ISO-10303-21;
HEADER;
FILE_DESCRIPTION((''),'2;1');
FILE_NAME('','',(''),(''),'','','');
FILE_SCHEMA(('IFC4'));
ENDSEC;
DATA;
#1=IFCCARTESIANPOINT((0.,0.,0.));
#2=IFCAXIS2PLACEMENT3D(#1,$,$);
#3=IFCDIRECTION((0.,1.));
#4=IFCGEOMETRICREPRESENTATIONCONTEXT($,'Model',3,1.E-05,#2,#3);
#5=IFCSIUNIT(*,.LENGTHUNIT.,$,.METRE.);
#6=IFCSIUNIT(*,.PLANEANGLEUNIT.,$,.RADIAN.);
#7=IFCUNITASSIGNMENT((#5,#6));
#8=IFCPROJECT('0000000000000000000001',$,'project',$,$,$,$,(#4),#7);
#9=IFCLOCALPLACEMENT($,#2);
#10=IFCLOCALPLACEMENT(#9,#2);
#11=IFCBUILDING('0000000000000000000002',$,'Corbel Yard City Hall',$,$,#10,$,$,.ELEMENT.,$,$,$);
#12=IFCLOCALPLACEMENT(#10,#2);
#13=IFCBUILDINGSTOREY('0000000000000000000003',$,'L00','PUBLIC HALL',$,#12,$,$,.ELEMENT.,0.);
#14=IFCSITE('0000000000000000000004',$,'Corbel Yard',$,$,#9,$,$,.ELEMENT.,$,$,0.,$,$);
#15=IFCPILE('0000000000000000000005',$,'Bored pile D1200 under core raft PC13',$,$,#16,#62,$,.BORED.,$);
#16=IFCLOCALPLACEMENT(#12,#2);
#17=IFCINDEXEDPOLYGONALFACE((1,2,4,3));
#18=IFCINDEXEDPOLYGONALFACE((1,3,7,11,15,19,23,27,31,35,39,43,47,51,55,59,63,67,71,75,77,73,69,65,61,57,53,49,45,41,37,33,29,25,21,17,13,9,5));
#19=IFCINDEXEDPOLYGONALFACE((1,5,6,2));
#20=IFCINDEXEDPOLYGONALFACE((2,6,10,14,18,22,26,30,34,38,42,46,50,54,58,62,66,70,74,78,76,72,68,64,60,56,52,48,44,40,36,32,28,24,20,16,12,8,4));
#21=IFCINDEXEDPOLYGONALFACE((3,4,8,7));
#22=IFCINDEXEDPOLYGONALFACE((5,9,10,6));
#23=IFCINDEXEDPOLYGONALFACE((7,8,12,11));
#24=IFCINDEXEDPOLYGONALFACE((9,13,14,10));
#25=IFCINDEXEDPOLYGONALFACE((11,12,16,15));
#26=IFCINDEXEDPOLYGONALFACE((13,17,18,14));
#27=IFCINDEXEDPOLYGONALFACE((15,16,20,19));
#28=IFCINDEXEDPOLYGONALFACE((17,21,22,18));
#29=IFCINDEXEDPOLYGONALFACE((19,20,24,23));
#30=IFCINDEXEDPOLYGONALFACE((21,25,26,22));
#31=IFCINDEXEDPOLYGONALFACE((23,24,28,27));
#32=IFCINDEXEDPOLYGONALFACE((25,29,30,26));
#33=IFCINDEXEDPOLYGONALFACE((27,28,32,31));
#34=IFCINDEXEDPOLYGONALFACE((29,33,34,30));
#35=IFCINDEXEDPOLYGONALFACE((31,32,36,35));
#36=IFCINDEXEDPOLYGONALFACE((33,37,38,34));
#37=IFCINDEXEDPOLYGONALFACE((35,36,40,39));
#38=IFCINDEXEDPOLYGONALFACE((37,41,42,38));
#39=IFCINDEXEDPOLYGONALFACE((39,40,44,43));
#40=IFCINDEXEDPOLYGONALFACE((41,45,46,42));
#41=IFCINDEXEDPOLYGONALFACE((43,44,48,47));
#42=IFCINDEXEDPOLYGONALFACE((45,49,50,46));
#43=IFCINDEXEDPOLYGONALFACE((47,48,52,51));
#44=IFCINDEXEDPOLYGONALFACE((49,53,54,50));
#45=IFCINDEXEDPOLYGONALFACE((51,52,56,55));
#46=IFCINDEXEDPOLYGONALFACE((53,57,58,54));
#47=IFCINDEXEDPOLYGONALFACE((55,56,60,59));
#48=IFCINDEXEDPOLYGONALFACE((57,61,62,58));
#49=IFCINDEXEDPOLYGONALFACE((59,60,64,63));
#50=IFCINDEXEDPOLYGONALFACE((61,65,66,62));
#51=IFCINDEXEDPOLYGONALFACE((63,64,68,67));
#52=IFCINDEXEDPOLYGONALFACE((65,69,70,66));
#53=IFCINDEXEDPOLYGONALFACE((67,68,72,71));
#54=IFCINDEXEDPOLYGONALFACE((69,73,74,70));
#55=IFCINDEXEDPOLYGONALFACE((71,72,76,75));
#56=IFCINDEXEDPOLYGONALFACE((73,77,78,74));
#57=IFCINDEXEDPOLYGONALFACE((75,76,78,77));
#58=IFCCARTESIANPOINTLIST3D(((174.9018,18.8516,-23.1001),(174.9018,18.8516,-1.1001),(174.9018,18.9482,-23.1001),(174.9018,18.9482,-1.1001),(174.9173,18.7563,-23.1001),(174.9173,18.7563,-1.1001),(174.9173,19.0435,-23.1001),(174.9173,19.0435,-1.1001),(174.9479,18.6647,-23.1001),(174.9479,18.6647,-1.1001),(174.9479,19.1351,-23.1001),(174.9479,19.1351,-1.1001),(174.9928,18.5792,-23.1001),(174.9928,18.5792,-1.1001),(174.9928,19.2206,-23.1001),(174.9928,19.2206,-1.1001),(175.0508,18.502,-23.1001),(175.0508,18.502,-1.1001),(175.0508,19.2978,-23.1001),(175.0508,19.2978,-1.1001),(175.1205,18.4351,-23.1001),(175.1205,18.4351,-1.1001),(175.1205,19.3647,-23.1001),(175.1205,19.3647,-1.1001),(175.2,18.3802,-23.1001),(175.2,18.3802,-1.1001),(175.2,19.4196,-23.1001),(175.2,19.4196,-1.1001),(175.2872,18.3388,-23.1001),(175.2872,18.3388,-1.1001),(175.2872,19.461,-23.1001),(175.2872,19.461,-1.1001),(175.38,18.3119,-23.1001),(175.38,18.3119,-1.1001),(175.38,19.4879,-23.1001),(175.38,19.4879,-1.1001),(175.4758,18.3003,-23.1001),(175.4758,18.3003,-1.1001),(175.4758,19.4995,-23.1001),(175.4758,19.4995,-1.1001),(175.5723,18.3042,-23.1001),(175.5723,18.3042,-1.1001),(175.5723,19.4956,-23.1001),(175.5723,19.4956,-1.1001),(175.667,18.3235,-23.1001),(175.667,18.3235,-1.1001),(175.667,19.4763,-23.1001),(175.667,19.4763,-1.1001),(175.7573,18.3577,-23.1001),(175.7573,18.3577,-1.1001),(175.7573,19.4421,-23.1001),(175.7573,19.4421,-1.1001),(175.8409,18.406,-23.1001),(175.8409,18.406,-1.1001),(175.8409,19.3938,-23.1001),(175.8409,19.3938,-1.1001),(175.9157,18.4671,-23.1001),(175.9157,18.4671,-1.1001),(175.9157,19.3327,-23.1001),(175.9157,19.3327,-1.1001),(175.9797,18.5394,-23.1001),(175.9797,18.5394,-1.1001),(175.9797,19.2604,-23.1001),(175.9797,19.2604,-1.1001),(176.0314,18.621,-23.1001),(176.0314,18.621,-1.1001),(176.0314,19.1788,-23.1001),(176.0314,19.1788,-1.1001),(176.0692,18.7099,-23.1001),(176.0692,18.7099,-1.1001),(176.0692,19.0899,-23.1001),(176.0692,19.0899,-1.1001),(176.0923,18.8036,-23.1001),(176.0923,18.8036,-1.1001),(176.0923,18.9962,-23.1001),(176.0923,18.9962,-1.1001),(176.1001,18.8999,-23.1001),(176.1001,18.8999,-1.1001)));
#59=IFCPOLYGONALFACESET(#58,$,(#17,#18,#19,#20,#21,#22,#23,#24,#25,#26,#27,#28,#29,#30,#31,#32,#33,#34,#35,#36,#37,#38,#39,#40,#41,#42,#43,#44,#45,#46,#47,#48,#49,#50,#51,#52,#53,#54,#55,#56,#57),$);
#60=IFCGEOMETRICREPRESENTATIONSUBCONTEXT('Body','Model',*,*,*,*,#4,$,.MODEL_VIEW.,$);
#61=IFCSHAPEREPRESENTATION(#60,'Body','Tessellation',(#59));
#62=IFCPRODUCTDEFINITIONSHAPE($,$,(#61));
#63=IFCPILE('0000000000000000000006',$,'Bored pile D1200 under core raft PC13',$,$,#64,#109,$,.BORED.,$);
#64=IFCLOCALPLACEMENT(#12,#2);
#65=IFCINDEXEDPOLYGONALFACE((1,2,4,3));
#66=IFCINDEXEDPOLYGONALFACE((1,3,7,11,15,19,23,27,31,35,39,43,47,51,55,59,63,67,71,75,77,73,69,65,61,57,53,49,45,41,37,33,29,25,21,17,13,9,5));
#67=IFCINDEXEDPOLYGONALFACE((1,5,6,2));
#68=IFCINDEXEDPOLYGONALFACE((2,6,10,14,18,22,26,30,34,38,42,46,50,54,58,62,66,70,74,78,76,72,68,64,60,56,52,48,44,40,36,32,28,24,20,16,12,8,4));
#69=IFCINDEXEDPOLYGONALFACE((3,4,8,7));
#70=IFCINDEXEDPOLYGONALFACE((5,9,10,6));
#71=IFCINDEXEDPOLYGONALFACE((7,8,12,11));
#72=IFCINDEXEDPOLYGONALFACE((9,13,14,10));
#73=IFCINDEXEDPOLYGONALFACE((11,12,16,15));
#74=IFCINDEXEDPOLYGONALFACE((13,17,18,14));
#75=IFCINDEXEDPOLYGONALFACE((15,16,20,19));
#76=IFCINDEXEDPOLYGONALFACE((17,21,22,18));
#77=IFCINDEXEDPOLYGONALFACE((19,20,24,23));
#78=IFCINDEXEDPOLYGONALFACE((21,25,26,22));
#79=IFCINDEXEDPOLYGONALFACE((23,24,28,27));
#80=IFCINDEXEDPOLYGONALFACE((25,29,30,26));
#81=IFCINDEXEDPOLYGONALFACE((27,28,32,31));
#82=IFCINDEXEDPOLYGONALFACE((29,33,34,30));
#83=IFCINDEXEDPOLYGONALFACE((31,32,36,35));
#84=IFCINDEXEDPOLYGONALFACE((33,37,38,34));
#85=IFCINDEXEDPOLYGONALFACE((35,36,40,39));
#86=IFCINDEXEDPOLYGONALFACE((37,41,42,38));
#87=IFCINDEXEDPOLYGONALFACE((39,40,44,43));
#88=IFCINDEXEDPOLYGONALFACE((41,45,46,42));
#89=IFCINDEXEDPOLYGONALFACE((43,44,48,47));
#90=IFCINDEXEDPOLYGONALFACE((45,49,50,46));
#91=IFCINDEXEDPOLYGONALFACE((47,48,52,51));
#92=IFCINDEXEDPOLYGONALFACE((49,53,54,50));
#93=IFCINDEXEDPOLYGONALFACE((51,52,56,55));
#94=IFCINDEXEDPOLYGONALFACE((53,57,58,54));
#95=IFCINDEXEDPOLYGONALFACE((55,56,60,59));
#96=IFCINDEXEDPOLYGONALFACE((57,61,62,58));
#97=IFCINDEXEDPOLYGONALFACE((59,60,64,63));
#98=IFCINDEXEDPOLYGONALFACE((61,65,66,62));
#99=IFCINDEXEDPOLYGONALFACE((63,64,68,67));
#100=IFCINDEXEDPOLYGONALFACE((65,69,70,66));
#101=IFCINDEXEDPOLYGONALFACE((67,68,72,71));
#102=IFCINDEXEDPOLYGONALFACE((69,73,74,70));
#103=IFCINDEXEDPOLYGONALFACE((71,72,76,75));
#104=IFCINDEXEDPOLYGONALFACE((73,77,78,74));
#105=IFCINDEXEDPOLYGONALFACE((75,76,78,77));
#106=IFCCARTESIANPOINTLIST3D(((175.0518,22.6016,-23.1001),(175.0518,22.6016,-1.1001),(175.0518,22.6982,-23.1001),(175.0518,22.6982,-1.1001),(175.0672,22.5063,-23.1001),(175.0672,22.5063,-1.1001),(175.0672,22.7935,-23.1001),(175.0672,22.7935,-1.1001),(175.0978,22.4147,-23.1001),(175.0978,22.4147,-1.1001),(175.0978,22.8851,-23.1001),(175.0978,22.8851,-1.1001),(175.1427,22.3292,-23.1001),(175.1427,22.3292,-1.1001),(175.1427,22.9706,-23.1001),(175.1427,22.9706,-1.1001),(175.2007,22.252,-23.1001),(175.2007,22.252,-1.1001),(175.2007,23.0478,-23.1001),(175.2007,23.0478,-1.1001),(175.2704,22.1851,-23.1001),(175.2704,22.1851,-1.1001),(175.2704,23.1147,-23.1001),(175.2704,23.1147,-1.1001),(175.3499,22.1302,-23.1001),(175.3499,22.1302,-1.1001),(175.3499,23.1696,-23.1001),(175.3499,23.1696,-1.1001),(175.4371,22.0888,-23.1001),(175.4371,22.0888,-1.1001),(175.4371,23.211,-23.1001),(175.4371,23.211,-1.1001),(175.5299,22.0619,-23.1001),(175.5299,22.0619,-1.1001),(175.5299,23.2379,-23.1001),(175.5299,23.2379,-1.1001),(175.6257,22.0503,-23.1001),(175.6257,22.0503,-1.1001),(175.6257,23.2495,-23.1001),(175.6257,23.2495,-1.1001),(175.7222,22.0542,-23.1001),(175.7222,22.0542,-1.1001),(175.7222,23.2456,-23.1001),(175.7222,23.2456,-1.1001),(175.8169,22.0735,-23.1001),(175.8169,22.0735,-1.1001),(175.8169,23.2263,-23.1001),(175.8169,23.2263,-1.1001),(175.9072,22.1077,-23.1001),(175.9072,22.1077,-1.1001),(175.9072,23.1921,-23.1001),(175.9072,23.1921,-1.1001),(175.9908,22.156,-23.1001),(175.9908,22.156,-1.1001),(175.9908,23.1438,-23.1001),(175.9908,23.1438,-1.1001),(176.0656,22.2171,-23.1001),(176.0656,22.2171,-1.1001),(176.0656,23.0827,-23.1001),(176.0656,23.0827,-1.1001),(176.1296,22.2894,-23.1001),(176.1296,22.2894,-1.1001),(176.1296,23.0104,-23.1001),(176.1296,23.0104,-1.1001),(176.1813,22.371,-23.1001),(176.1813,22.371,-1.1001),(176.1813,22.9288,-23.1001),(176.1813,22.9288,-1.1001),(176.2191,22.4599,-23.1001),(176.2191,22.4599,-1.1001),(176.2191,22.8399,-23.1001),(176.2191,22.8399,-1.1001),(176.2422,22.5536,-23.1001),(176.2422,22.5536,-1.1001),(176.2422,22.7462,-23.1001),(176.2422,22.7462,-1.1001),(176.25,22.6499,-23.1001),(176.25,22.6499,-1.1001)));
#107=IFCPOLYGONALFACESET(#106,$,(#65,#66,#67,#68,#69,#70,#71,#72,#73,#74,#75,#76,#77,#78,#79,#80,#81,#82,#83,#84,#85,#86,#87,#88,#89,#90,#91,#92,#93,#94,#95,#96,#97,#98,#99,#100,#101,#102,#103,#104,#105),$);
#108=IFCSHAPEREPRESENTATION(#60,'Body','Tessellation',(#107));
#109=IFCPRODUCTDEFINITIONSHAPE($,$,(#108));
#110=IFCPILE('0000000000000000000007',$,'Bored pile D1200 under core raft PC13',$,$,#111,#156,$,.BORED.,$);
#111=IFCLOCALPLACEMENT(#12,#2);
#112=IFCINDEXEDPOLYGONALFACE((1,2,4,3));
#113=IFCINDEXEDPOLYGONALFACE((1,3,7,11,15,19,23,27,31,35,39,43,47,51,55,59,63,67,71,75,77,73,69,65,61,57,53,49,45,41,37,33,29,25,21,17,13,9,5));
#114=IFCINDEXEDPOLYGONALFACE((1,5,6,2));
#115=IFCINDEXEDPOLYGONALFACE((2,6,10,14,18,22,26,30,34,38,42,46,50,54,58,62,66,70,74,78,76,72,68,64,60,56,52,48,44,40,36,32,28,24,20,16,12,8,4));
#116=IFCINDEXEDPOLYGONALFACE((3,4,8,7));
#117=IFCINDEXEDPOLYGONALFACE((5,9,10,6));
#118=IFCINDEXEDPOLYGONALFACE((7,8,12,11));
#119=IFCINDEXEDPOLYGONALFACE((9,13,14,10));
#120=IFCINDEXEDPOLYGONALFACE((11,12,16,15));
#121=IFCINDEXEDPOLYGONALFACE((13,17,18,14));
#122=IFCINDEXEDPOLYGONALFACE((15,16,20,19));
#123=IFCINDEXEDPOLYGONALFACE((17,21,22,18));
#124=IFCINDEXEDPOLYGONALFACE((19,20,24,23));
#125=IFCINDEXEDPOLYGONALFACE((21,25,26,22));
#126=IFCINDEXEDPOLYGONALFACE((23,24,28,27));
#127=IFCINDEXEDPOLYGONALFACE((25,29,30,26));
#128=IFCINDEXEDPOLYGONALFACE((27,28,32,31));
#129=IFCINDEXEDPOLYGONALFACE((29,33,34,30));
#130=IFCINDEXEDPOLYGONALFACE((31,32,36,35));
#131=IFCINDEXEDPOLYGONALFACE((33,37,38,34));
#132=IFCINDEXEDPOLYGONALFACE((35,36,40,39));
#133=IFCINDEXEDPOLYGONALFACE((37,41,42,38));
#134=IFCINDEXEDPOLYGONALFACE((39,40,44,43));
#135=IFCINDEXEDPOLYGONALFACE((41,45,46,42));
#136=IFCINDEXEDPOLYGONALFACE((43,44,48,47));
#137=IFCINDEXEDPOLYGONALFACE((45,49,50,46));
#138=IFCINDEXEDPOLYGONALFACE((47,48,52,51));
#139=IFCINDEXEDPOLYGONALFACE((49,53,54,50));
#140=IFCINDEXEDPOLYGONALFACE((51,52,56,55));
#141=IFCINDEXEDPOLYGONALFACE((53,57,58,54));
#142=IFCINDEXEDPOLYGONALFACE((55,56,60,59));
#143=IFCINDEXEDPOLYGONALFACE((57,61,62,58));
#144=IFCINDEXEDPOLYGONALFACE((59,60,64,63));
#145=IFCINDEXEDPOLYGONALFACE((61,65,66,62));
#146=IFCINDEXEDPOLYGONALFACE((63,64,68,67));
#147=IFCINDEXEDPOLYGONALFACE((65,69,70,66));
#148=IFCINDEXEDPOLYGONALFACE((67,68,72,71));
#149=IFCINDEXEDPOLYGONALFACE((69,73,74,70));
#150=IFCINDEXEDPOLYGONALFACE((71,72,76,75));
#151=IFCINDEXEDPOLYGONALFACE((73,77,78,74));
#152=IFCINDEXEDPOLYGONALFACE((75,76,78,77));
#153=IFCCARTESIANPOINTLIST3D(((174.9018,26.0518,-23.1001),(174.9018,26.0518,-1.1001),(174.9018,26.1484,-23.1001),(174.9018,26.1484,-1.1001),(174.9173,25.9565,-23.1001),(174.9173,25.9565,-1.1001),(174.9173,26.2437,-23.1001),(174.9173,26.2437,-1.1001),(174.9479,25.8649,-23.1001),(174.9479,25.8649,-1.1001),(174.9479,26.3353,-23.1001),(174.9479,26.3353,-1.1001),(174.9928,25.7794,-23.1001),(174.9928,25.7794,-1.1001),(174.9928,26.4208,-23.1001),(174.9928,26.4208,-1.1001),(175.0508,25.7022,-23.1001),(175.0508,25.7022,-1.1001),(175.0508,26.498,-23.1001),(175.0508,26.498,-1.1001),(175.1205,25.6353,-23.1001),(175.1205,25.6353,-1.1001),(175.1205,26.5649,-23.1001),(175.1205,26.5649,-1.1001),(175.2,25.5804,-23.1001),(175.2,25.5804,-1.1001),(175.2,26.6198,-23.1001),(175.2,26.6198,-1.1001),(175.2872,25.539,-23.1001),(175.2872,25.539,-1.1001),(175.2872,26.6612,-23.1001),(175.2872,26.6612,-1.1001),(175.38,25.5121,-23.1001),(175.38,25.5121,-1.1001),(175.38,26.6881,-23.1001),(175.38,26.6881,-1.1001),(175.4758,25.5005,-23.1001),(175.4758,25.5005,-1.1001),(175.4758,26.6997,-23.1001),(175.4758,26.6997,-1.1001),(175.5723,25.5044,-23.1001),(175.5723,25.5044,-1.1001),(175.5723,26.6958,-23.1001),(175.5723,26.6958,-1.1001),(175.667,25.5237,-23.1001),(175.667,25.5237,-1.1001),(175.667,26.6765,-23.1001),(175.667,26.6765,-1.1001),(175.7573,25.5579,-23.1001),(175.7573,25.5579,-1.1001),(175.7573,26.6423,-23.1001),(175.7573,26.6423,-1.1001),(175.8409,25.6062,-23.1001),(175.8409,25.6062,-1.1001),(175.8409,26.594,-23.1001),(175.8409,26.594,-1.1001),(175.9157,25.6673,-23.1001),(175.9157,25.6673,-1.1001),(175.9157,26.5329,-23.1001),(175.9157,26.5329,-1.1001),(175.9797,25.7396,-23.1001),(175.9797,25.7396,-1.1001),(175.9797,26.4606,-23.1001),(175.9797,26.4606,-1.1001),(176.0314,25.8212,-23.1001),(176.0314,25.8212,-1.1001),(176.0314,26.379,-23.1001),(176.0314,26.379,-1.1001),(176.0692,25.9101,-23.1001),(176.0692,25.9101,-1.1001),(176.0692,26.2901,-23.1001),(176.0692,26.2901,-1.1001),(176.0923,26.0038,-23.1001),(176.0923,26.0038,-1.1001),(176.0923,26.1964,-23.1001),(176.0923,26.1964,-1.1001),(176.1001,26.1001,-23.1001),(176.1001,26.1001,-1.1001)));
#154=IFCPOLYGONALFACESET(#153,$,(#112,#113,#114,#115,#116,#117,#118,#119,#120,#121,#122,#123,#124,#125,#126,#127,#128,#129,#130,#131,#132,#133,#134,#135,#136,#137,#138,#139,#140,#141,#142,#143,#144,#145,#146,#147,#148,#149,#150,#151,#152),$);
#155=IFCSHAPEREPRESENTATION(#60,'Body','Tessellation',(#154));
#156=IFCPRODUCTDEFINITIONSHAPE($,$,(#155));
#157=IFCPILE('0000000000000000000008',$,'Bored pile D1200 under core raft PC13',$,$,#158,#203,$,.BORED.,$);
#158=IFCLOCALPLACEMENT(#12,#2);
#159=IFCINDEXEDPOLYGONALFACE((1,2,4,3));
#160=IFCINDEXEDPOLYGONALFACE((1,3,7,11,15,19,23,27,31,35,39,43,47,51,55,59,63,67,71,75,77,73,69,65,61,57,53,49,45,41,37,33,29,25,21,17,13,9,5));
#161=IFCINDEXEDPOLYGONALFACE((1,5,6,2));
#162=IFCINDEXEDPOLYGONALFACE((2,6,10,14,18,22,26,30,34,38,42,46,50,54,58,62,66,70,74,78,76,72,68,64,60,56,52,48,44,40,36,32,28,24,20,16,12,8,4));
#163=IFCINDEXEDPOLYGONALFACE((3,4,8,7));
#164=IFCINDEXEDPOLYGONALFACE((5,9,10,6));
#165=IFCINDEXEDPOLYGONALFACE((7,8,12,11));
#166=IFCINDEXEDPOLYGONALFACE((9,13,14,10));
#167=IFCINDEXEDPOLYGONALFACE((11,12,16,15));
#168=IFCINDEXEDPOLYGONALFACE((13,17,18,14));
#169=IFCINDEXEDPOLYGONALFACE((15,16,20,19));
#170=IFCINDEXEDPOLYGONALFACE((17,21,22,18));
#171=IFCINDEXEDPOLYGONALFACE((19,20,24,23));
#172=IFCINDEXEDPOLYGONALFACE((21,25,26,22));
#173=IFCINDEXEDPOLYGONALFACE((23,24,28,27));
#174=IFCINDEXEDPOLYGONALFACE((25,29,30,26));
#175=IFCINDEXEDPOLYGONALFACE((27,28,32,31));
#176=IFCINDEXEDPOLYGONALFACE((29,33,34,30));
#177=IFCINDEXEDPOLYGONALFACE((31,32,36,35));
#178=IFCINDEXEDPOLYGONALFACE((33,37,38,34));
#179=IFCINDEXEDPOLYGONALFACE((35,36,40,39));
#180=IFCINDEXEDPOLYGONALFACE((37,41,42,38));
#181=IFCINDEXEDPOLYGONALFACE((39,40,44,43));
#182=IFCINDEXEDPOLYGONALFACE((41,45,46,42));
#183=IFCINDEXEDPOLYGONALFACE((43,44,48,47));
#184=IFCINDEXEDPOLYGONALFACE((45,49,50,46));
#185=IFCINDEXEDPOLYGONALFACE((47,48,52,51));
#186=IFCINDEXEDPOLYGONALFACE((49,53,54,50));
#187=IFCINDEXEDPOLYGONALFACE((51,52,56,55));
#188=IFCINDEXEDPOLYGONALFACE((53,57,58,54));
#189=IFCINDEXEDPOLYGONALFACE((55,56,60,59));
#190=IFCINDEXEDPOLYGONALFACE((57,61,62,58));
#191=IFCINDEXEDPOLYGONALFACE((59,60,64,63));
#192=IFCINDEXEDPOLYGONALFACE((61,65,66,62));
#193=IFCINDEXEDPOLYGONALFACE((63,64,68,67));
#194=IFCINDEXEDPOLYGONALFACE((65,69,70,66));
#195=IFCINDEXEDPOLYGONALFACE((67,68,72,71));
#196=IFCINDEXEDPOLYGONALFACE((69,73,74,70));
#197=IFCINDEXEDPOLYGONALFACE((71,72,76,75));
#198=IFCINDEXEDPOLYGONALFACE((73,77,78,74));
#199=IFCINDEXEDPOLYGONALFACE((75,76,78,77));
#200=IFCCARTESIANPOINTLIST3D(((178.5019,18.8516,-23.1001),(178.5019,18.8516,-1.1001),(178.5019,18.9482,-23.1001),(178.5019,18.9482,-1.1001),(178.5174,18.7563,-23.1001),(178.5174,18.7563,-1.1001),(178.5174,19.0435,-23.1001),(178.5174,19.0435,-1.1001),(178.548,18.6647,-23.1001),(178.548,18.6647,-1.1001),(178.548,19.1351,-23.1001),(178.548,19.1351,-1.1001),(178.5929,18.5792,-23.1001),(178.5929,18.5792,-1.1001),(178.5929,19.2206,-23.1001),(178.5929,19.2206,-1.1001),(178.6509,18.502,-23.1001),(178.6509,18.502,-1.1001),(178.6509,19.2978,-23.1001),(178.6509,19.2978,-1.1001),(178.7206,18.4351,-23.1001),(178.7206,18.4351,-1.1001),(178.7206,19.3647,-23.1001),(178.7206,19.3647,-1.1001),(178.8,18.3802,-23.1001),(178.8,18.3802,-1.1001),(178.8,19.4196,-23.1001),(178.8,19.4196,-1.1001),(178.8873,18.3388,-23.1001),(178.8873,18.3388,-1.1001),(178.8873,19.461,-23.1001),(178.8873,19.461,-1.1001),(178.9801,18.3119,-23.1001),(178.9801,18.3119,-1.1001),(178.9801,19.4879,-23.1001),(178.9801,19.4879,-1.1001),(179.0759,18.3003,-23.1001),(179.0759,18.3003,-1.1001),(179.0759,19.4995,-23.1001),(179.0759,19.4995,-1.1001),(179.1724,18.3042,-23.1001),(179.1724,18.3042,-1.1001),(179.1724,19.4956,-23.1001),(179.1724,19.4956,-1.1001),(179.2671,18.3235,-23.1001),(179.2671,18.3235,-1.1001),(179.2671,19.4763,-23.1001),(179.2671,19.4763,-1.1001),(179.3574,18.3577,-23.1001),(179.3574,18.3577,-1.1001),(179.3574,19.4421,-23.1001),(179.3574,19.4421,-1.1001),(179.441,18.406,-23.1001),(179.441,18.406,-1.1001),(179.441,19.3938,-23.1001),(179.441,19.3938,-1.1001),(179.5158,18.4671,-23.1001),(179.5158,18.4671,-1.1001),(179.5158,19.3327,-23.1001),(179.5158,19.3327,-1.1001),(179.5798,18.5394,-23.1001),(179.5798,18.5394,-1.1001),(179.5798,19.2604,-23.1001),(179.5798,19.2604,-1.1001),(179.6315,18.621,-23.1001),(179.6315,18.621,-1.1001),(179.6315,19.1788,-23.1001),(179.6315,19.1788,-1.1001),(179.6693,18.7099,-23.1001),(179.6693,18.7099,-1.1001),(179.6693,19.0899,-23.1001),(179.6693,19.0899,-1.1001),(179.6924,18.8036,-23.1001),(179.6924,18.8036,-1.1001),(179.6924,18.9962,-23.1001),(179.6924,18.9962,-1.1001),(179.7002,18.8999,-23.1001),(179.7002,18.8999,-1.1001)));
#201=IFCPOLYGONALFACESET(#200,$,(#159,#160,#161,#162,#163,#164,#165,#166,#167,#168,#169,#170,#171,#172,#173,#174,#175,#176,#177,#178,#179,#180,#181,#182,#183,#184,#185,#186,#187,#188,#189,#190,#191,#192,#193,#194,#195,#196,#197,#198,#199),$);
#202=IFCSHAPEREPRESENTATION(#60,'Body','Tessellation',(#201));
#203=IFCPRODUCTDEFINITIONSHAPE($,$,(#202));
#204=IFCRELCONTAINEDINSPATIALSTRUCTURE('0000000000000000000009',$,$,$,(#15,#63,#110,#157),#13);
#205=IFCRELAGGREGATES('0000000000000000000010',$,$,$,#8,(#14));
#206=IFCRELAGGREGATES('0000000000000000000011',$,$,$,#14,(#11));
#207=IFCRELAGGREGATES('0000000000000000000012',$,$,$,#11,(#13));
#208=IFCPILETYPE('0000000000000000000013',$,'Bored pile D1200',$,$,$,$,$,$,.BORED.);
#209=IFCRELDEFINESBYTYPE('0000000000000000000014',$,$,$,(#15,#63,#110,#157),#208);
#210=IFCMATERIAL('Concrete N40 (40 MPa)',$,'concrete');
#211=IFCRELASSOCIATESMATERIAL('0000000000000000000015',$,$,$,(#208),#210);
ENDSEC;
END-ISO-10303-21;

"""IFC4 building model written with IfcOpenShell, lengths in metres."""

from ifc_helpers import new_model, si_unit, direction, frame, origin, origin_2d, place, context, subcontext, project, spatial, circle, extrude, material, material_profile, profile_set, type_object, element, save


model = new_model("IFC4")

# Units and contexts
model_context = context("Model", 3, precision=1e-05, world=origin(), true_north=direction((0.0, 1.0)))
body_context = subcontext(model_context, "Body", "Model", "MODEL_VIEW")
ifc_project = project(units=[si_unit("LENGTHUNIT", "METRE"), si_unit("PLANEANGLEUNIT", "RADIAN")], contexts=[model_context])

# Site, building, storey
site_placement = place(None, origin())
site = spatial("IfcSite", under=ifc_project, at=site_placement, Name="Corbel Yard", CompositionType="ELEMENT", RefElevation=0.0)
building_placement = place(site_placement, origin())
building = spatial("IfcBuilding", under=site, at=building_placement, Name="Corbel Yard City Hall", CompositionType="ELEMENT")
storey_placement = place(building_placement, origin())
storey = spatial("IfcBuildingStorey", under=building, at=storey_placement, Name="L00", Description="PUBLIC HALL", CompositionType="ELEMENT", Elevation=0.0)

# Piles
ifc_material_1 = material(Name="Concrete N40 (40 MPa)", Category="concrete")
ifc_material_profile_1 = material_profile(ifc_material_1, circle(Radius=0.6001, at=origin_2d()), Name="D1200")
ifc_profile_set_1 = profile_set([ifc_material_profile_1], Name="Concrete N40 (40 MPa)")
pile_type_1 = type_object("IfcPileType", Name="Bored pile D1200", PredefinedType="BORED", material=ifc_profile_set_1)
for number, where, z_axis, x_axis, name in (
    (1, (175.5, 18.8999, -1.1001), (0.0, 0.0, -1.0), (1.0, 0.0, 0.0), "Bored pile D1200 under core raft PC13"),
    (2, (175.6499, 22.6499, -1.1001), (0.0, 0.0, -1.0), (1.0, 0.0, 0.0), "Bored pile D1200 under core raft PC13"),
    (3, (175.5, 26.1001, -1.1001), (0.0, 0.0, -1.0), (1.0, 0.0, 0.0), "Bored pile D1200 under core raft PC13"),
    (4, (179.1001, 18.8999, -1.1001), (0.0, 0.0, -1.0), (1.0, 0.0, 0.0), "Bored pile D1200 under core raft PC13"),
):
    element("IfcPile", number, at=place(storey_placement, frame(where, z_axis=z_axis, x_axis=x_axis)), inside=storey, type_object=pile_type_1, Name=name, PredefinedType="BORED", context=body_context, shape_type="SweptSolid", body=[
        extrude(circle(Radius=0.6001, at=origin_2d()), origin(), (0.0, 0.0, 1.0), 22.0),
    ])

save(model, "model.ifc")
